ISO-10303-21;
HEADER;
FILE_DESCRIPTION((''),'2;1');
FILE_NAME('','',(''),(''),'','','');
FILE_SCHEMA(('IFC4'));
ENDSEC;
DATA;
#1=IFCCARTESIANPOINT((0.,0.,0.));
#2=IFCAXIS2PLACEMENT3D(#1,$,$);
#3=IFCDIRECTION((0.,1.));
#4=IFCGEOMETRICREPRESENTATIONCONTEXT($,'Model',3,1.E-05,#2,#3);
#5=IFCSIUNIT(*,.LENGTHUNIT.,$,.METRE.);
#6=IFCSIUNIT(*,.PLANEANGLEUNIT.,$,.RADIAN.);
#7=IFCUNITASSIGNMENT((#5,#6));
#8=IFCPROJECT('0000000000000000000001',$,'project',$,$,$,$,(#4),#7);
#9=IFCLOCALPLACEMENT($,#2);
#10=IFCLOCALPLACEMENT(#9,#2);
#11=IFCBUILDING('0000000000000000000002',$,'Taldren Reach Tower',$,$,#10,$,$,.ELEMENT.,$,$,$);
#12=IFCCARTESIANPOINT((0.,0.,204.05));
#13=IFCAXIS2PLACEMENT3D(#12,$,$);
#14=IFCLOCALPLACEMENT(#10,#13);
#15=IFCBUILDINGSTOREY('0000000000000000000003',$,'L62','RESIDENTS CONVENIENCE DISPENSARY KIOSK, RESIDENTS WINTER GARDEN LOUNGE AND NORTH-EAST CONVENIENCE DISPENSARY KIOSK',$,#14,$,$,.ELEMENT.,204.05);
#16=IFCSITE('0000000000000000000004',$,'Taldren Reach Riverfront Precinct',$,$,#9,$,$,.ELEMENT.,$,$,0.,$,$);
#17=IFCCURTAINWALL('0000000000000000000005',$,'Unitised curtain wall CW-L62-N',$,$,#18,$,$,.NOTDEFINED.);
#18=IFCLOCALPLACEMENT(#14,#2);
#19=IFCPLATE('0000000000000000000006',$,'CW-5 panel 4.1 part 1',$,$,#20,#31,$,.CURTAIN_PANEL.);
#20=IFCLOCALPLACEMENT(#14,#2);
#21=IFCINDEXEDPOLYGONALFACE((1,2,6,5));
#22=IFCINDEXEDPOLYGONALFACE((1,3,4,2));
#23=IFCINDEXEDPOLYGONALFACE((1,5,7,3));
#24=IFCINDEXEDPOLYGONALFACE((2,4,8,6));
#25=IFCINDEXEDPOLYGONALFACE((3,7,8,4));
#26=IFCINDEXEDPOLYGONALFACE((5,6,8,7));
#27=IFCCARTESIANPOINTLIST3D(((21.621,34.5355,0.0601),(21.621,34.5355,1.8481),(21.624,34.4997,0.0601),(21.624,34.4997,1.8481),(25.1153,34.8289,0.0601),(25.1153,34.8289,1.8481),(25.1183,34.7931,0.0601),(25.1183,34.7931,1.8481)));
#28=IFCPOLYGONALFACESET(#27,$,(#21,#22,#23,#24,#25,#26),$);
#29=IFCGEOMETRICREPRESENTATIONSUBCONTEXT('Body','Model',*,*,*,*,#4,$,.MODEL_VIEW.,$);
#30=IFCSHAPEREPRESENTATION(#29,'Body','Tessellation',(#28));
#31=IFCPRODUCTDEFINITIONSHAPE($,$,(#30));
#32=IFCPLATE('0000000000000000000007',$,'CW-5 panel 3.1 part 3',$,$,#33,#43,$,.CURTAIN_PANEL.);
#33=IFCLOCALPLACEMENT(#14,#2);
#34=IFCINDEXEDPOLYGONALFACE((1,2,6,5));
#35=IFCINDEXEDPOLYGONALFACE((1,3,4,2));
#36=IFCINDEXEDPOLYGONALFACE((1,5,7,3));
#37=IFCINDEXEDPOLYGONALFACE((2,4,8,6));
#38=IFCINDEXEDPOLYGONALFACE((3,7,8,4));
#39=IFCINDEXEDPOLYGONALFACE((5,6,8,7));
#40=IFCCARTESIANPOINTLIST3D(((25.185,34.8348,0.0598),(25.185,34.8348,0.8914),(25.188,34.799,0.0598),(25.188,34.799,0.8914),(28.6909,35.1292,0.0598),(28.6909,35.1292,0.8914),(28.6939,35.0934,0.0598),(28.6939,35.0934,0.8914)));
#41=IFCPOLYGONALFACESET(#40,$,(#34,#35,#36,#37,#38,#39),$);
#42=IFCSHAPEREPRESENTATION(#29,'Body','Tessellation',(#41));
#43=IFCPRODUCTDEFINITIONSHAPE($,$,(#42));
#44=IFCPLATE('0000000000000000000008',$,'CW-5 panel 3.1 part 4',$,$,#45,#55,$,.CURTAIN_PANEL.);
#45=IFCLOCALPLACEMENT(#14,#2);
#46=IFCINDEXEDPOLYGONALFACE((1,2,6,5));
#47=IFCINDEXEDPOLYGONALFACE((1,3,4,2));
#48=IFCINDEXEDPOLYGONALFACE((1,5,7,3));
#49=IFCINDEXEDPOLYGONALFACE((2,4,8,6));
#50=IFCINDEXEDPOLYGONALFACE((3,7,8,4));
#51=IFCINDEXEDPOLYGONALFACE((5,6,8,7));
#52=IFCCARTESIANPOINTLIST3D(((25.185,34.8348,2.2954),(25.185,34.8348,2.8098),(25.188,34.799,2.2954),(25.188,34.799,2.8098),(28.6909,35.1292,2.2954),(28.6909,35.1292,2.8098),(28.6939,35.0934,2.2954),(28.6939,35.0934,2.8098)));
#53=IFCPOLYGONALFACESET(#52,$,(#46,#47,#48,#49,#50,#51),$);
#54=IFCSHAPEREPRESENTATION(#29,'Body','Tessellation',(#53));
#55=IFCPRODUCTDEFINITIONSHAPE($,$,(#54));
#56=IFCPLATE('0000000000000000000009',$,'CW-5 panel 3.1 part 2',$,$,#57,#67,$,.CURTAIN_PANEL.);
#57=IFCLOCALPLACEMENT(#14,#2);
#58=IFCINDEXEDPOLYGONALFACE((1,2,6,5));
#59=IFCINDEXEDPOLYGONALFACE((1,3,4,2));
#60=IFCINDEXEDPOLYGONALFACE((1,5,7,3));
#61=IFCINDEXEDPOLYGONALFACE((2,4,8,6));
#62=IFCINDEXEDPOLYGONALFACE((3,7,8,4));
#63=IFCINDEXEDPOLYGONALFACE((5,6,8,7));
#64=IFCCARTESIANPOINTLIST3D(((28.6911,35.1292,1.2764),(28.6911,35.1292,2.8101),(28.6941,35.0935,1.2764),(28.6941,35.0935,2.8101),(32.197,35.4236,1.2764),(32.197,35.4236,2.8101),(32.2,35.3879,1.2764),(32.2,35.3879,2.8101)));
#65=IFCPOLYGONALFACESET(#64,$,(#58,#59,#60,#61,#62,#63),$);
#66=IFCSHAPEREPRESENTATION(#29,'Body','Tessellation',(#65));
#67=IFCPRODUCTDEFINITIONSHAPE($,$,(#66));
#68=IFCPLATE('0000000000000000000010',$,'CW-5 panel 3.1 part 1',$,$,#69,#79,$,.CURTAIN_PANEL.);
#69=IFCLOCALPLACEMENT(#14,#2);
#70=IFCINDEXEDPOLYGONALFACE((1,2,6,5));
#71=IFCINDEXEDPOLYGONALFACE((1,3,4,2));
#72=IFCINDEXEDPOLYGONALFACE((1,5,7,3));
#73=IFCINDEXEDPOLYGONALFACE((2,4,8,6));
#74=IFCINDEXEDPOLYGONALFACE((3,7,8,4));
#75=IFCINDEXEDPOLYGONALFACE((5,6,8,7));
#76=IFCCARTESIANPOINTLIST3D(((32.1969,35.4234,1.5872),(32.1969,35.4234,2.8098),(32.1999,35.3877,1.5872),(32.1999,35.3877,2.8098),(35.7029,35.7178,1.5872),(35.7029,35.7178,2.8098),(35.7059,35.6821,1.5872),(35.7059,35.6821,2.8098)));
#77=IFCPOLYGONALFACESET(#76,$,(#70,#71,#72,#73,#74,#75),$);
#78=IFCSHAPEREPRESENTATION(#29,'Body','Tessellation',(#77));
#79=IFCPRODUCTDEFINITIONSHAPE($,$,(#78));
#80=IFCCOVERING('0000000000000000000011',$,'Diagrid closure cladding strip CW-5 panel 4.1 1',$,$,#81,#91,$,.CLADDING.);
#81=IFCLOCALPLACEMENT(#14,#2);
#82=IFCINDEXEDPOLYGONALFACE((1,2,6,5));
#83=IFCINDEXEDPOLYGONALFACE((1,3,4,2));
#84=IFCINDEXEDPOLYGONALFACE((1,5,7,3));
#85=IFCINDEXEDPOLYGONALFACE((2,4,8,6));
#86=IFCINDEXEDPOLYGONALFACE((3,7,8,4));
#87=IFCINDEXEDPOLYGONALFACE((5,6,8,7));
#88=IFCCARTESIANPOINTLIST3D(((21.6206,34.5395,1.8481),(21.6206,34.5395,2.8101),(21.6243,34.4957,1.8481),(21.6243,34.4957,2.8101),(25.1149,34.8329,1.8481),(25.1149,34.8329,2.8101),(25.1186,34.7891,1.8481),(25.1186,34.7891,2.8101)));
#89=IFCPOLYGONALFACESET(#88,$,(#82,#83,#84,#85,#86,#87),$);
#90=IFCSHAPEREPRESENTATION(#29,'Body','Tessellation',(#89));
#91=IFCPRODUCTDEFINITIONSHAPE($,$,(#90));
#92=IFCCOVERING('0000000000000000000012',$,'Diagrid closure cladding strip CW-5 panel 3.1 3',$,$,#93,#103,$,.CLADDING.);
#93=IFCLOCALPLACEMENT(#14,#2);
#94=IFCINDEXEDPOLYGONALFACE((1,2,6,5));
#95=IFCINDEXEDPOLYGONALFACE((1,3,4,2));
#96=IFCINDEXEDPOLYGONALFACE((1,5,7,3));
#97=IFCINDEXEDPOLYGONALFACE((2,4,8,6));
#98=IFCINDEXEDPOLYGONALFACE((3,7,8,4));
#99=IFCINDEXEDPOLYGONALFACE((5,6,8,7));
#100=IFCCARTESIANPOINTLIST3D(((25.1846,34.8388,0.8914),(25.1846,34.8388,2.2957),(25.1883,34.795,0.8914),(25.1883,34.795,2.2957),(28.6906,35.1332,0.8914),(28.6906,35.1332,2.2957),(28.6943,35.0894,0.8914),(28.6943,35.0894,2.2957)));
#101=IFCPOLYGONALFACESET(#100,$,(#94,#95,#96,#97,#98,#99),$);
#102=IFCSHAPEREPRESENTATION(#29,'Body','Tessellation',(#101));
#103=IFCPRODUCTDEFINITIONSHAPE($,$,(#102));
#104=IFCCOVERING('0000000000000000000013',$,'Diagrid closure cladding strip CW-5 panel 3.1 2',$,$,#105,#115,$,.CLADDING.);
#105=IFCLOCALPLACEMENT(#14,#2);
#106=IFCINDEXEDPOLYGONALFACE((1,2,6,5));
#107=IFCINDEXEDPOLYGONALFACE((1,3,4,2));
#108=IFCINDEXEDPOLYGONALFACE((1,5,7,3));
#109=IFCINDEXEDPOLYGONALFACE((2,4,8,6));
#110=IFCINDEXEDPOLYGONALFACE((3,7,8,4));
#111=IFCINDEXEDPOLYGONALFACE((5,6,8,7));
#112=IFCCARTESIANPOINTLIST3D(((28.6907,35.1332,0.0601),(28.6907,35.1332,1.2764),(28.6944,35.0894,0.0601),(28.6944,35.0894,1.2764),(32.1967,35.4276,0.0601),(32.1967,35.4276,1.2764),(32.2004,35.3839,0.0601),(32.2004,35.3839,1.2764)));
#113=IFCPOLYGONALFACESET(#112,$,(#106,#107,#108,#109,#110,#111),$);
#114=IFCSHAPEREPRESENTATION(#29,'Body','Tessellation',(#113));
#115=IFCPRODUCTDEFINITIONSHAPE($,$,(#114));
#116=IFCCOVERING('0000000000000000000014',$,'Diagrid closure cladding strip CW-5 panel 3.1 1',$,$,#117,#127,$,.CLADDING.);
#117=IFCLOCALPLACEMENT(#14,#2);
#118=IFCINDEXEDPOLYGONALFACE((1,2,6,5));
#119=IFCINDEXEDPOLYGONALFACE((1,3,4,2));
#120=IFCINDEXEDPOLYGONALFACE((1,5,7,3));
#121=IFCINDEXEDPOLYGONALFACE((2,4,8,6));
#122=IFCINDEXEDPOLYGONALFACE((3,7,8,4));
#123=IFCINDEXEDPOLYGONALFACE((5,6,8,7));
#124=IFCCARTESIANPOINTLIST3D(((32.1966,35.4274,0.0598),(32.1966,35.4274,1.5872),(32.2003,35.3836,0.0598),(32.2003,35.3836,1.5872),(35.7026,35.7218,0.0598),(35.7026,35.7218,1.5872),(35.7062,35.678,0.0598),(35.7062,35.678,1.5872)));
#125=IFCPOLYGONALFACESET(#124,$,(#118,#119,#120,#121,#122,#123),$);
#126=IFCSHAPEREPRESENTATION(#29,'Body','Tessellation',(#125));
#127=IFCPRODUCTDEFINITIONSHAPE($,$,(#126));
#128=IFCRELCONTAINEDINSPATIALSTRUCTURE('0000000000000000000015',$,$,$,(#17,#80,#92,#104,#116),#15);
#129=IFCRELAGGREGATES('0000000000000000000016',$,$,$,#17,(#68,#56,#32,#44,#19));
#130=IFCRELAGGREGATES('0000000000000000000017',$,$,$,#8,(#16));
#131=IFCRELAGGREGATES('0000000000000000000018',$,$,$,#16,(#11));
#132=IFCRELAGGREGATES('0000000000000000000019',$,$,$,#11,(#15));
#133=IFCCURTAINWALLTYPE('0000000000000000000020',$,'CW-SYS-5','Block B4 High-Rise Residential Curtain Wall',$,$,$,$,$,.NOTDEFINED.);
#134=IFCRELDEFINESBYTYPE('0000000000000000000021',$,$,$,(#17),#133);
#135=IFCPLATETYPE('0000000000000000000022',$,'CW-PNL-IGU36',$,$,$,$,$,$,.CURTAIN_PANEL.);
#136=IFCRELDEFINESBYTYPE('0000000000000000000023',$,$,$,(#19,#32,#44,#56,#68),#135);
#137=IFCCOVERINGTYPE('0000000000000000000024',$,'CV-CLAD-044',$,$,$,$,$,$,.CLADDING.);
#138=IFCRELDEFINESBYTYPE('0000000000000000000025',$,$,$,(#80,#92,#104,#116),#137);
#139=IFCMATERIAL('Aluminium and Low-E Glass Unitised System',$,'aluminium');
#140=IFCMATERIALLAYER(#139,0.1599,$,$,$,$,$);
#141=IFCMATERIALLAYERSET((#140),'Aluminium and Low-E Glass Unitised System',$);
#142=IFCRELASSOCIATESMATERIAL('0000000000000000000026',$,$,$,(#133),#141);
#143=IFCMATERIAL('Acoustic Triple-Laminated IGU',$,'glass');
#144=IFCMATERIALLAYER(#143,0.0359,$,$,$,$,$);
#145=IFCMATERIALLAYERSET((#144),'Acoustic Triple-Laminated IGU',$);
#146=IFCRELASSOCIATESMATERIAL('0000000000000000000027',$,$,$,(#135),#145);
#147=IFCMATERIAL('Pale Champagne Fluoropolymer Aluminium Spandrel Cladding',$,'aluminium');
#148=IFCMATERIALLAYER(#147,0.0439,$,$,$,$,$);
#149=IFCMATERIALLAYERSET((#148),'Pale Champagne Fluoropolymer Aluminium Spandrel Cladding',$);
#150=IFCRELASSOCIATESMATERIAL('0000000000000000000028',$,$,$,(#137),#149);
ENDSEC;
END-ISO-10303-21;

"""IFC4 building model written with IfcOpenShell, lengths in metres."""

from ifc_helpers import new_model, si_unit, direction, frame, origin, origin_2d, place, context, subcontext, project, spatial, rectangle, extrude, source, transform, mapped, material, layer, layer_set, type_object, element, aggregate, save


model = new_model("IFC4")

# Units and contexts
model_context = context("Model", 3, precision=1e-05, world=origin(), true_north=direction((0.0, 1.0)))
body_context = subcontext(model_context, "Body", "Model", "MODEL_VIEW")
ifc_project = project(units=[si_unit("LENGTHUNIT", "METRE"), si_unit("PLANEANGLEUNIT", "RADIAN")], contexts=[model_context])

# Site, building, storey
site_placement = place(None, origin())
site = spatial("IfcSite", under=ifc_project, at=site_placement, Name="Taldren Reach Riverfront Precinct", CompositionType="ELEMENT", RefElevation=0.0)
building_placement = place(site_placement, origin())
building = spatial("IfcBuilding", under=site, at=building_placement, Name="Taldren Reach Tower", CompositionType="ELEMENT")
storey_placement = place(building_placement, frame((0.0, 0.0, 204.05)))
storey = spatial("IfcBuildingStorey", under=building, at=storey_placement, Name="L62", Description="RESIDENTS CONVENIENCE DISPENSARY KIOSK, RESIDENTS WINTER GARDEN LOUNGE AND NORTH-EAST CONVENIENCE DISPENSARY KIOSK", CompositionType="ELEMENT", Elevation=204.05)

# Curtain wall
ifc_material_1 = material(Name="Aluminium and Low-E Glass Unitised System", Category="aluminium")
ifc_layer_1 = layer(ifc_material_1, 0.1599)
ifc_layer_set_1 = layer_set([ifc_layer_1], Name="Aluminium and Low-E Glass Unitised System")
curtain_wall_type = type_object("IfcCurtainWallType", Name="CW-SYS-5", Description="Block B4 High-Rise Residential Curtain Wall", PredefinedType="NOTDEFINED", material=ifc_layer_set_1)
curtain_wall_placement = place(storey_placement, origin())
curtain_wall = element("IfcCurtainWall", 1, at=curtain_wall_placement, inside=storey, type_object=curtain_wall_type, Name="Unitised curtain wall CW-L62-N", PredefinedType="NOTDEFINED")

# Plates
ifc_material_2 = material(Name="Acoustic Triple-Laminated IGU", Category="glass")
ifc_layer_2 = layer(ifc_material_2, 0.0359)
ifc_layer_set_2 = layer_set([ifc_layer_2], Name="Acoustic Triple-Laminated IGU")
plate_type_1 = type_object("IfcPlateType", Name="CW-PNL-IGU36", PredefinedType="CURTAIN_PANEL", material=ifc_layer_set_2)
shared_shape_1 = source(origin(), body_context, "Body", "SweptSolid", [
    extrude(rectangle(XDim=3.5066, YDim=0.0359, at=origin_2d()), origin(), (0.0, 0.0, 1.0), 1.7881),
])
plate_1_placement = place(storey_placement, frame((23.3696, 34.6643, 0.0601), z_axis=(0.0, 0.0, 1.0), x_axis=(-0.996493, -0.083678, 0.0)))
plate_1 = element("IfcPlate", 2, at=plate_1_placement, type_object=plate_type_1, Name="CW-5 panel 4.1 part 1", PredefinedType="CURTAIN_PANEL", context=body_context, shape_type="MappedRepresentation", body=[
    mapped(shared_shape_1, transform((0.0, 0.0, 0.0), scale=1.0)),
])
shared_shape_2 = source(origin(), body_context, "Body", "SweptSolid", [
    extrude(rectangle(XDim=3.5183, YDim=0.0359, at=origin_2d()), origin(), (0.0, 0.0, 1.0), 0.8315),
])
plate_2_placement = place(storey_placement, frame((26.9395, 34.9641, 0.0598), z_axis=(0.0, 0.0, 1.0), x_axis=(-0.996493, -0.083678, 0.0)))
plate_2 = element("IfcPlate", 3, at=plate_2_placement, type_object=plate_type_1, Name="CW-5 panel 3.1 part 3", PredefinedType="CURTAIN_PANEL", context=body_context, shape_type="MappedRepresentation", body=[
    mapped(shared_shape_2, transform((0.0, 0.0, 0.0), scale=1.0)),
])
shared_shape_3 = source(origin(), body_context, "Body", "SweptSolid", [
    extrude(rectangle(XDim=3.5183, YDim=0.0359, at=origin_2d()), origin(), (0.0, 0.0, 1.0), 0.5144),
])
plate_3_placement = place(storey_placement, frame((26.9395, 34.9641, 2.2954), z_axis=(0.0, 0.0, 1.0), x_axis=(-0.996493, -0.083678, 0.0)))
plate_3 = element("IfcPlate", 4, at=plate_3_placement, type_object=plate_type_1, Name="CW-5 panel 3.1 part 4", PredefinedType="CURTAIN_PANEL", context=body_context, shape_type="MappedRepresentation", body=[
    mapped(shared_shape_3, transform((0.0, 0.0, 0.0), scale=1.0)),
])
shared_shape_4 = source(origin(), body_context, "Body", "SweptSolid", [
    extrude(rectangle(XDim=3.5183, YDim=0.0359, at=origin_2d()), origin(), (0.0, 0.0, 1.0), 1.5337),
])
plate_4_placement = place(storey_placement, frame((30.4456, 35.2585, 1.2764), z_axis=(0.0, 0.0, 1.0), x_axis=(-0.996493, -0.083678, 0.0)))
plate_4 = element("IfcPlate", 5, at=plate_4_placement, type_object=plate_type_1, Name="CW-5 panel 3.1 part 2", PredefinedType="CURTAIN_PANEL", context=body_context, shape_type="MappedRepresentation", body=[
    mapped(shared_shape_4, transform((0.0, 0.0, 0.0), scale=1.0)),
])
shared_shape_5 = source(origin(), body_context, "Body", "SweptSolid", [
    extrude(rectangle(XDim=3.5183, YDim=0.0359, at=origin_2d()), origin(), (0.0, 0.0, 1.0), 1.2227),
])
plate_5_placement = place(storey_placement, frame((33.9514, 35.5527, 1.5872), z_axis=(0.0, 0.0, 1.0), x_axis=(-0.996493, -0.083678, 0.0)))
plate_5 = element("IfcPlate", 6, at=plate_5_placement, type_object=plate_type_1, Name="CW-5 panel 3.1 part 1", PredefinedType="CURTAIN_PANEL", context=body_context, shape_type="MappedRepresentation", body=[
    mapped(shared_shape_5, transform((0.0, 0.0, 0.0), scale=1.0)),
])
aggregate(curtain_wall, [plate_5, plate_4, plate_2, plate_3, plate_1])

# Coverings
ifc_material_3 = material(Name="Pale Champagne Fluoropolymer Aluminium Spandrel Cladding", Category="aluminium")
ifc_layer_3 = layer(ifc_material_3, 0.0439)
ifc_layer_set_3 = layer_set([ifc_layer_3], Name="Pale Champagne Fluoropolymer Aluminium Spandrel Cladding")
covering_type = type_object("IfcCoveringType", Name="CV-CLAD-044", PredefinedType="CLADDING", material=ifc_layer_set_3)
shared_shape_6 = source(origin(), body_context, "Body", "SweptSolid", [
    extrude(rectangle(XDim=3.5066, YDim=0.0439, at=origin_2d()), origin(), (0.0, 0.0, 1.0), 0.9619),
])
covering_1_placement = place(storey_placement, frame((23.3696, 34.6643, 1.8481), z_axis=(0.0, 0.0, 1.0), x_axis=(-0.996493, -0.083678, 0.0)))
element("IfcCovering", 7, at=covering_1_placement, inside=storey, type_object=covering_type, Name="Diagrid closure cladding strip CW-5 panel 4.1 1", PredefinedType="CLADDING", context=body_context, shape_type="MappedRepresentation", body=[
    mapped(shared_shape_6, transform((0.0, 0.0, 0.0), scale=1.0)),
])
shared_shape_7 = source(origin(), body_context, "Body", "SweptSolid", [
    extrude(rectangle(XDim=3.5183, YDim=0.0439, at=origin_2d()), origin(), (0.0, 0.0, 1.0), 1.4043),
])
covering_2_placement = place(storey_placement, frame((26.9395, 34.9641, 0.8914), z_axis=(0.0, 0.0, 1.0), x_axis=(-0.996493, -0.083678, 0.0)))
element("IfcCovering", 8, at=covering_2_placement, inside=storey, type_object=covering_type, Name="Diagrid closure cladding strip CW-5 panel 3.1 3", PredefinedType="CLADDING", context=body_context, shape_type="MappedRepresentation", body=[
    mapped(shared_shape_7, transform((0.0, 0.0, 0.0), scale=1.0)),
])
shared_shape_8 = source(origin(), body_context, "Body", "SweptSolid", [
    extrude(rectangle(XDim=3.5183, YDim=0.0439, at=origin_2d()), origin(), (0.0, 0.0, 1.0), 1.2163),
])
covering_3_placement = place(storey_placement, frame((30.4456, 35.2585, 0.0601), z_axis=(0.0, 0.0, 1.0), x_axis=(-0.996493, -0.083678, 0.0)))
element("IfcCovering", 9, at=covering_3_placement, inside=storey, type_object=covering_type, Name="Diagrid closure cladding strip CW-5 panel 3.1 2", PredefinedType="CLADDING", context=body_context, shape_type="MappedRepresentation", body=[
    mapped(shared_shape_8, transform((0.0, 0.0, 0.0), scale=1.0)),
])
shared_shape_9 = source(origin(), body_context, "Body", "SweptSolid", [
    extrude(rectangle(XDim=3.5183, YDim=0.0439, at=origin_2d()), origin(), (0.0, 0.0, 1.0), 1.5273),
])
covering_4_placement = place(storey_placement, frame((33.9514, 35.5527, 0.0598), z_axis=(0.0, 0.0, 1.0), x_axis=(-0.996493, -0.083678, 0.0)))
element("IfcCovering", 10, at=covering_4_placement, inside=storey, type_object=covering_type, Name="Diagrid closure cladding strip CW-5 panel 3.1 1", PredefinedType="CLADDING", context=body_context, shape_type="MappedRepresentation", body=[
    mapped(shared_shape_9, transform((0.0, 0.0, 0.0), scale=1.0)),
])

save(model, "model.ifc")
